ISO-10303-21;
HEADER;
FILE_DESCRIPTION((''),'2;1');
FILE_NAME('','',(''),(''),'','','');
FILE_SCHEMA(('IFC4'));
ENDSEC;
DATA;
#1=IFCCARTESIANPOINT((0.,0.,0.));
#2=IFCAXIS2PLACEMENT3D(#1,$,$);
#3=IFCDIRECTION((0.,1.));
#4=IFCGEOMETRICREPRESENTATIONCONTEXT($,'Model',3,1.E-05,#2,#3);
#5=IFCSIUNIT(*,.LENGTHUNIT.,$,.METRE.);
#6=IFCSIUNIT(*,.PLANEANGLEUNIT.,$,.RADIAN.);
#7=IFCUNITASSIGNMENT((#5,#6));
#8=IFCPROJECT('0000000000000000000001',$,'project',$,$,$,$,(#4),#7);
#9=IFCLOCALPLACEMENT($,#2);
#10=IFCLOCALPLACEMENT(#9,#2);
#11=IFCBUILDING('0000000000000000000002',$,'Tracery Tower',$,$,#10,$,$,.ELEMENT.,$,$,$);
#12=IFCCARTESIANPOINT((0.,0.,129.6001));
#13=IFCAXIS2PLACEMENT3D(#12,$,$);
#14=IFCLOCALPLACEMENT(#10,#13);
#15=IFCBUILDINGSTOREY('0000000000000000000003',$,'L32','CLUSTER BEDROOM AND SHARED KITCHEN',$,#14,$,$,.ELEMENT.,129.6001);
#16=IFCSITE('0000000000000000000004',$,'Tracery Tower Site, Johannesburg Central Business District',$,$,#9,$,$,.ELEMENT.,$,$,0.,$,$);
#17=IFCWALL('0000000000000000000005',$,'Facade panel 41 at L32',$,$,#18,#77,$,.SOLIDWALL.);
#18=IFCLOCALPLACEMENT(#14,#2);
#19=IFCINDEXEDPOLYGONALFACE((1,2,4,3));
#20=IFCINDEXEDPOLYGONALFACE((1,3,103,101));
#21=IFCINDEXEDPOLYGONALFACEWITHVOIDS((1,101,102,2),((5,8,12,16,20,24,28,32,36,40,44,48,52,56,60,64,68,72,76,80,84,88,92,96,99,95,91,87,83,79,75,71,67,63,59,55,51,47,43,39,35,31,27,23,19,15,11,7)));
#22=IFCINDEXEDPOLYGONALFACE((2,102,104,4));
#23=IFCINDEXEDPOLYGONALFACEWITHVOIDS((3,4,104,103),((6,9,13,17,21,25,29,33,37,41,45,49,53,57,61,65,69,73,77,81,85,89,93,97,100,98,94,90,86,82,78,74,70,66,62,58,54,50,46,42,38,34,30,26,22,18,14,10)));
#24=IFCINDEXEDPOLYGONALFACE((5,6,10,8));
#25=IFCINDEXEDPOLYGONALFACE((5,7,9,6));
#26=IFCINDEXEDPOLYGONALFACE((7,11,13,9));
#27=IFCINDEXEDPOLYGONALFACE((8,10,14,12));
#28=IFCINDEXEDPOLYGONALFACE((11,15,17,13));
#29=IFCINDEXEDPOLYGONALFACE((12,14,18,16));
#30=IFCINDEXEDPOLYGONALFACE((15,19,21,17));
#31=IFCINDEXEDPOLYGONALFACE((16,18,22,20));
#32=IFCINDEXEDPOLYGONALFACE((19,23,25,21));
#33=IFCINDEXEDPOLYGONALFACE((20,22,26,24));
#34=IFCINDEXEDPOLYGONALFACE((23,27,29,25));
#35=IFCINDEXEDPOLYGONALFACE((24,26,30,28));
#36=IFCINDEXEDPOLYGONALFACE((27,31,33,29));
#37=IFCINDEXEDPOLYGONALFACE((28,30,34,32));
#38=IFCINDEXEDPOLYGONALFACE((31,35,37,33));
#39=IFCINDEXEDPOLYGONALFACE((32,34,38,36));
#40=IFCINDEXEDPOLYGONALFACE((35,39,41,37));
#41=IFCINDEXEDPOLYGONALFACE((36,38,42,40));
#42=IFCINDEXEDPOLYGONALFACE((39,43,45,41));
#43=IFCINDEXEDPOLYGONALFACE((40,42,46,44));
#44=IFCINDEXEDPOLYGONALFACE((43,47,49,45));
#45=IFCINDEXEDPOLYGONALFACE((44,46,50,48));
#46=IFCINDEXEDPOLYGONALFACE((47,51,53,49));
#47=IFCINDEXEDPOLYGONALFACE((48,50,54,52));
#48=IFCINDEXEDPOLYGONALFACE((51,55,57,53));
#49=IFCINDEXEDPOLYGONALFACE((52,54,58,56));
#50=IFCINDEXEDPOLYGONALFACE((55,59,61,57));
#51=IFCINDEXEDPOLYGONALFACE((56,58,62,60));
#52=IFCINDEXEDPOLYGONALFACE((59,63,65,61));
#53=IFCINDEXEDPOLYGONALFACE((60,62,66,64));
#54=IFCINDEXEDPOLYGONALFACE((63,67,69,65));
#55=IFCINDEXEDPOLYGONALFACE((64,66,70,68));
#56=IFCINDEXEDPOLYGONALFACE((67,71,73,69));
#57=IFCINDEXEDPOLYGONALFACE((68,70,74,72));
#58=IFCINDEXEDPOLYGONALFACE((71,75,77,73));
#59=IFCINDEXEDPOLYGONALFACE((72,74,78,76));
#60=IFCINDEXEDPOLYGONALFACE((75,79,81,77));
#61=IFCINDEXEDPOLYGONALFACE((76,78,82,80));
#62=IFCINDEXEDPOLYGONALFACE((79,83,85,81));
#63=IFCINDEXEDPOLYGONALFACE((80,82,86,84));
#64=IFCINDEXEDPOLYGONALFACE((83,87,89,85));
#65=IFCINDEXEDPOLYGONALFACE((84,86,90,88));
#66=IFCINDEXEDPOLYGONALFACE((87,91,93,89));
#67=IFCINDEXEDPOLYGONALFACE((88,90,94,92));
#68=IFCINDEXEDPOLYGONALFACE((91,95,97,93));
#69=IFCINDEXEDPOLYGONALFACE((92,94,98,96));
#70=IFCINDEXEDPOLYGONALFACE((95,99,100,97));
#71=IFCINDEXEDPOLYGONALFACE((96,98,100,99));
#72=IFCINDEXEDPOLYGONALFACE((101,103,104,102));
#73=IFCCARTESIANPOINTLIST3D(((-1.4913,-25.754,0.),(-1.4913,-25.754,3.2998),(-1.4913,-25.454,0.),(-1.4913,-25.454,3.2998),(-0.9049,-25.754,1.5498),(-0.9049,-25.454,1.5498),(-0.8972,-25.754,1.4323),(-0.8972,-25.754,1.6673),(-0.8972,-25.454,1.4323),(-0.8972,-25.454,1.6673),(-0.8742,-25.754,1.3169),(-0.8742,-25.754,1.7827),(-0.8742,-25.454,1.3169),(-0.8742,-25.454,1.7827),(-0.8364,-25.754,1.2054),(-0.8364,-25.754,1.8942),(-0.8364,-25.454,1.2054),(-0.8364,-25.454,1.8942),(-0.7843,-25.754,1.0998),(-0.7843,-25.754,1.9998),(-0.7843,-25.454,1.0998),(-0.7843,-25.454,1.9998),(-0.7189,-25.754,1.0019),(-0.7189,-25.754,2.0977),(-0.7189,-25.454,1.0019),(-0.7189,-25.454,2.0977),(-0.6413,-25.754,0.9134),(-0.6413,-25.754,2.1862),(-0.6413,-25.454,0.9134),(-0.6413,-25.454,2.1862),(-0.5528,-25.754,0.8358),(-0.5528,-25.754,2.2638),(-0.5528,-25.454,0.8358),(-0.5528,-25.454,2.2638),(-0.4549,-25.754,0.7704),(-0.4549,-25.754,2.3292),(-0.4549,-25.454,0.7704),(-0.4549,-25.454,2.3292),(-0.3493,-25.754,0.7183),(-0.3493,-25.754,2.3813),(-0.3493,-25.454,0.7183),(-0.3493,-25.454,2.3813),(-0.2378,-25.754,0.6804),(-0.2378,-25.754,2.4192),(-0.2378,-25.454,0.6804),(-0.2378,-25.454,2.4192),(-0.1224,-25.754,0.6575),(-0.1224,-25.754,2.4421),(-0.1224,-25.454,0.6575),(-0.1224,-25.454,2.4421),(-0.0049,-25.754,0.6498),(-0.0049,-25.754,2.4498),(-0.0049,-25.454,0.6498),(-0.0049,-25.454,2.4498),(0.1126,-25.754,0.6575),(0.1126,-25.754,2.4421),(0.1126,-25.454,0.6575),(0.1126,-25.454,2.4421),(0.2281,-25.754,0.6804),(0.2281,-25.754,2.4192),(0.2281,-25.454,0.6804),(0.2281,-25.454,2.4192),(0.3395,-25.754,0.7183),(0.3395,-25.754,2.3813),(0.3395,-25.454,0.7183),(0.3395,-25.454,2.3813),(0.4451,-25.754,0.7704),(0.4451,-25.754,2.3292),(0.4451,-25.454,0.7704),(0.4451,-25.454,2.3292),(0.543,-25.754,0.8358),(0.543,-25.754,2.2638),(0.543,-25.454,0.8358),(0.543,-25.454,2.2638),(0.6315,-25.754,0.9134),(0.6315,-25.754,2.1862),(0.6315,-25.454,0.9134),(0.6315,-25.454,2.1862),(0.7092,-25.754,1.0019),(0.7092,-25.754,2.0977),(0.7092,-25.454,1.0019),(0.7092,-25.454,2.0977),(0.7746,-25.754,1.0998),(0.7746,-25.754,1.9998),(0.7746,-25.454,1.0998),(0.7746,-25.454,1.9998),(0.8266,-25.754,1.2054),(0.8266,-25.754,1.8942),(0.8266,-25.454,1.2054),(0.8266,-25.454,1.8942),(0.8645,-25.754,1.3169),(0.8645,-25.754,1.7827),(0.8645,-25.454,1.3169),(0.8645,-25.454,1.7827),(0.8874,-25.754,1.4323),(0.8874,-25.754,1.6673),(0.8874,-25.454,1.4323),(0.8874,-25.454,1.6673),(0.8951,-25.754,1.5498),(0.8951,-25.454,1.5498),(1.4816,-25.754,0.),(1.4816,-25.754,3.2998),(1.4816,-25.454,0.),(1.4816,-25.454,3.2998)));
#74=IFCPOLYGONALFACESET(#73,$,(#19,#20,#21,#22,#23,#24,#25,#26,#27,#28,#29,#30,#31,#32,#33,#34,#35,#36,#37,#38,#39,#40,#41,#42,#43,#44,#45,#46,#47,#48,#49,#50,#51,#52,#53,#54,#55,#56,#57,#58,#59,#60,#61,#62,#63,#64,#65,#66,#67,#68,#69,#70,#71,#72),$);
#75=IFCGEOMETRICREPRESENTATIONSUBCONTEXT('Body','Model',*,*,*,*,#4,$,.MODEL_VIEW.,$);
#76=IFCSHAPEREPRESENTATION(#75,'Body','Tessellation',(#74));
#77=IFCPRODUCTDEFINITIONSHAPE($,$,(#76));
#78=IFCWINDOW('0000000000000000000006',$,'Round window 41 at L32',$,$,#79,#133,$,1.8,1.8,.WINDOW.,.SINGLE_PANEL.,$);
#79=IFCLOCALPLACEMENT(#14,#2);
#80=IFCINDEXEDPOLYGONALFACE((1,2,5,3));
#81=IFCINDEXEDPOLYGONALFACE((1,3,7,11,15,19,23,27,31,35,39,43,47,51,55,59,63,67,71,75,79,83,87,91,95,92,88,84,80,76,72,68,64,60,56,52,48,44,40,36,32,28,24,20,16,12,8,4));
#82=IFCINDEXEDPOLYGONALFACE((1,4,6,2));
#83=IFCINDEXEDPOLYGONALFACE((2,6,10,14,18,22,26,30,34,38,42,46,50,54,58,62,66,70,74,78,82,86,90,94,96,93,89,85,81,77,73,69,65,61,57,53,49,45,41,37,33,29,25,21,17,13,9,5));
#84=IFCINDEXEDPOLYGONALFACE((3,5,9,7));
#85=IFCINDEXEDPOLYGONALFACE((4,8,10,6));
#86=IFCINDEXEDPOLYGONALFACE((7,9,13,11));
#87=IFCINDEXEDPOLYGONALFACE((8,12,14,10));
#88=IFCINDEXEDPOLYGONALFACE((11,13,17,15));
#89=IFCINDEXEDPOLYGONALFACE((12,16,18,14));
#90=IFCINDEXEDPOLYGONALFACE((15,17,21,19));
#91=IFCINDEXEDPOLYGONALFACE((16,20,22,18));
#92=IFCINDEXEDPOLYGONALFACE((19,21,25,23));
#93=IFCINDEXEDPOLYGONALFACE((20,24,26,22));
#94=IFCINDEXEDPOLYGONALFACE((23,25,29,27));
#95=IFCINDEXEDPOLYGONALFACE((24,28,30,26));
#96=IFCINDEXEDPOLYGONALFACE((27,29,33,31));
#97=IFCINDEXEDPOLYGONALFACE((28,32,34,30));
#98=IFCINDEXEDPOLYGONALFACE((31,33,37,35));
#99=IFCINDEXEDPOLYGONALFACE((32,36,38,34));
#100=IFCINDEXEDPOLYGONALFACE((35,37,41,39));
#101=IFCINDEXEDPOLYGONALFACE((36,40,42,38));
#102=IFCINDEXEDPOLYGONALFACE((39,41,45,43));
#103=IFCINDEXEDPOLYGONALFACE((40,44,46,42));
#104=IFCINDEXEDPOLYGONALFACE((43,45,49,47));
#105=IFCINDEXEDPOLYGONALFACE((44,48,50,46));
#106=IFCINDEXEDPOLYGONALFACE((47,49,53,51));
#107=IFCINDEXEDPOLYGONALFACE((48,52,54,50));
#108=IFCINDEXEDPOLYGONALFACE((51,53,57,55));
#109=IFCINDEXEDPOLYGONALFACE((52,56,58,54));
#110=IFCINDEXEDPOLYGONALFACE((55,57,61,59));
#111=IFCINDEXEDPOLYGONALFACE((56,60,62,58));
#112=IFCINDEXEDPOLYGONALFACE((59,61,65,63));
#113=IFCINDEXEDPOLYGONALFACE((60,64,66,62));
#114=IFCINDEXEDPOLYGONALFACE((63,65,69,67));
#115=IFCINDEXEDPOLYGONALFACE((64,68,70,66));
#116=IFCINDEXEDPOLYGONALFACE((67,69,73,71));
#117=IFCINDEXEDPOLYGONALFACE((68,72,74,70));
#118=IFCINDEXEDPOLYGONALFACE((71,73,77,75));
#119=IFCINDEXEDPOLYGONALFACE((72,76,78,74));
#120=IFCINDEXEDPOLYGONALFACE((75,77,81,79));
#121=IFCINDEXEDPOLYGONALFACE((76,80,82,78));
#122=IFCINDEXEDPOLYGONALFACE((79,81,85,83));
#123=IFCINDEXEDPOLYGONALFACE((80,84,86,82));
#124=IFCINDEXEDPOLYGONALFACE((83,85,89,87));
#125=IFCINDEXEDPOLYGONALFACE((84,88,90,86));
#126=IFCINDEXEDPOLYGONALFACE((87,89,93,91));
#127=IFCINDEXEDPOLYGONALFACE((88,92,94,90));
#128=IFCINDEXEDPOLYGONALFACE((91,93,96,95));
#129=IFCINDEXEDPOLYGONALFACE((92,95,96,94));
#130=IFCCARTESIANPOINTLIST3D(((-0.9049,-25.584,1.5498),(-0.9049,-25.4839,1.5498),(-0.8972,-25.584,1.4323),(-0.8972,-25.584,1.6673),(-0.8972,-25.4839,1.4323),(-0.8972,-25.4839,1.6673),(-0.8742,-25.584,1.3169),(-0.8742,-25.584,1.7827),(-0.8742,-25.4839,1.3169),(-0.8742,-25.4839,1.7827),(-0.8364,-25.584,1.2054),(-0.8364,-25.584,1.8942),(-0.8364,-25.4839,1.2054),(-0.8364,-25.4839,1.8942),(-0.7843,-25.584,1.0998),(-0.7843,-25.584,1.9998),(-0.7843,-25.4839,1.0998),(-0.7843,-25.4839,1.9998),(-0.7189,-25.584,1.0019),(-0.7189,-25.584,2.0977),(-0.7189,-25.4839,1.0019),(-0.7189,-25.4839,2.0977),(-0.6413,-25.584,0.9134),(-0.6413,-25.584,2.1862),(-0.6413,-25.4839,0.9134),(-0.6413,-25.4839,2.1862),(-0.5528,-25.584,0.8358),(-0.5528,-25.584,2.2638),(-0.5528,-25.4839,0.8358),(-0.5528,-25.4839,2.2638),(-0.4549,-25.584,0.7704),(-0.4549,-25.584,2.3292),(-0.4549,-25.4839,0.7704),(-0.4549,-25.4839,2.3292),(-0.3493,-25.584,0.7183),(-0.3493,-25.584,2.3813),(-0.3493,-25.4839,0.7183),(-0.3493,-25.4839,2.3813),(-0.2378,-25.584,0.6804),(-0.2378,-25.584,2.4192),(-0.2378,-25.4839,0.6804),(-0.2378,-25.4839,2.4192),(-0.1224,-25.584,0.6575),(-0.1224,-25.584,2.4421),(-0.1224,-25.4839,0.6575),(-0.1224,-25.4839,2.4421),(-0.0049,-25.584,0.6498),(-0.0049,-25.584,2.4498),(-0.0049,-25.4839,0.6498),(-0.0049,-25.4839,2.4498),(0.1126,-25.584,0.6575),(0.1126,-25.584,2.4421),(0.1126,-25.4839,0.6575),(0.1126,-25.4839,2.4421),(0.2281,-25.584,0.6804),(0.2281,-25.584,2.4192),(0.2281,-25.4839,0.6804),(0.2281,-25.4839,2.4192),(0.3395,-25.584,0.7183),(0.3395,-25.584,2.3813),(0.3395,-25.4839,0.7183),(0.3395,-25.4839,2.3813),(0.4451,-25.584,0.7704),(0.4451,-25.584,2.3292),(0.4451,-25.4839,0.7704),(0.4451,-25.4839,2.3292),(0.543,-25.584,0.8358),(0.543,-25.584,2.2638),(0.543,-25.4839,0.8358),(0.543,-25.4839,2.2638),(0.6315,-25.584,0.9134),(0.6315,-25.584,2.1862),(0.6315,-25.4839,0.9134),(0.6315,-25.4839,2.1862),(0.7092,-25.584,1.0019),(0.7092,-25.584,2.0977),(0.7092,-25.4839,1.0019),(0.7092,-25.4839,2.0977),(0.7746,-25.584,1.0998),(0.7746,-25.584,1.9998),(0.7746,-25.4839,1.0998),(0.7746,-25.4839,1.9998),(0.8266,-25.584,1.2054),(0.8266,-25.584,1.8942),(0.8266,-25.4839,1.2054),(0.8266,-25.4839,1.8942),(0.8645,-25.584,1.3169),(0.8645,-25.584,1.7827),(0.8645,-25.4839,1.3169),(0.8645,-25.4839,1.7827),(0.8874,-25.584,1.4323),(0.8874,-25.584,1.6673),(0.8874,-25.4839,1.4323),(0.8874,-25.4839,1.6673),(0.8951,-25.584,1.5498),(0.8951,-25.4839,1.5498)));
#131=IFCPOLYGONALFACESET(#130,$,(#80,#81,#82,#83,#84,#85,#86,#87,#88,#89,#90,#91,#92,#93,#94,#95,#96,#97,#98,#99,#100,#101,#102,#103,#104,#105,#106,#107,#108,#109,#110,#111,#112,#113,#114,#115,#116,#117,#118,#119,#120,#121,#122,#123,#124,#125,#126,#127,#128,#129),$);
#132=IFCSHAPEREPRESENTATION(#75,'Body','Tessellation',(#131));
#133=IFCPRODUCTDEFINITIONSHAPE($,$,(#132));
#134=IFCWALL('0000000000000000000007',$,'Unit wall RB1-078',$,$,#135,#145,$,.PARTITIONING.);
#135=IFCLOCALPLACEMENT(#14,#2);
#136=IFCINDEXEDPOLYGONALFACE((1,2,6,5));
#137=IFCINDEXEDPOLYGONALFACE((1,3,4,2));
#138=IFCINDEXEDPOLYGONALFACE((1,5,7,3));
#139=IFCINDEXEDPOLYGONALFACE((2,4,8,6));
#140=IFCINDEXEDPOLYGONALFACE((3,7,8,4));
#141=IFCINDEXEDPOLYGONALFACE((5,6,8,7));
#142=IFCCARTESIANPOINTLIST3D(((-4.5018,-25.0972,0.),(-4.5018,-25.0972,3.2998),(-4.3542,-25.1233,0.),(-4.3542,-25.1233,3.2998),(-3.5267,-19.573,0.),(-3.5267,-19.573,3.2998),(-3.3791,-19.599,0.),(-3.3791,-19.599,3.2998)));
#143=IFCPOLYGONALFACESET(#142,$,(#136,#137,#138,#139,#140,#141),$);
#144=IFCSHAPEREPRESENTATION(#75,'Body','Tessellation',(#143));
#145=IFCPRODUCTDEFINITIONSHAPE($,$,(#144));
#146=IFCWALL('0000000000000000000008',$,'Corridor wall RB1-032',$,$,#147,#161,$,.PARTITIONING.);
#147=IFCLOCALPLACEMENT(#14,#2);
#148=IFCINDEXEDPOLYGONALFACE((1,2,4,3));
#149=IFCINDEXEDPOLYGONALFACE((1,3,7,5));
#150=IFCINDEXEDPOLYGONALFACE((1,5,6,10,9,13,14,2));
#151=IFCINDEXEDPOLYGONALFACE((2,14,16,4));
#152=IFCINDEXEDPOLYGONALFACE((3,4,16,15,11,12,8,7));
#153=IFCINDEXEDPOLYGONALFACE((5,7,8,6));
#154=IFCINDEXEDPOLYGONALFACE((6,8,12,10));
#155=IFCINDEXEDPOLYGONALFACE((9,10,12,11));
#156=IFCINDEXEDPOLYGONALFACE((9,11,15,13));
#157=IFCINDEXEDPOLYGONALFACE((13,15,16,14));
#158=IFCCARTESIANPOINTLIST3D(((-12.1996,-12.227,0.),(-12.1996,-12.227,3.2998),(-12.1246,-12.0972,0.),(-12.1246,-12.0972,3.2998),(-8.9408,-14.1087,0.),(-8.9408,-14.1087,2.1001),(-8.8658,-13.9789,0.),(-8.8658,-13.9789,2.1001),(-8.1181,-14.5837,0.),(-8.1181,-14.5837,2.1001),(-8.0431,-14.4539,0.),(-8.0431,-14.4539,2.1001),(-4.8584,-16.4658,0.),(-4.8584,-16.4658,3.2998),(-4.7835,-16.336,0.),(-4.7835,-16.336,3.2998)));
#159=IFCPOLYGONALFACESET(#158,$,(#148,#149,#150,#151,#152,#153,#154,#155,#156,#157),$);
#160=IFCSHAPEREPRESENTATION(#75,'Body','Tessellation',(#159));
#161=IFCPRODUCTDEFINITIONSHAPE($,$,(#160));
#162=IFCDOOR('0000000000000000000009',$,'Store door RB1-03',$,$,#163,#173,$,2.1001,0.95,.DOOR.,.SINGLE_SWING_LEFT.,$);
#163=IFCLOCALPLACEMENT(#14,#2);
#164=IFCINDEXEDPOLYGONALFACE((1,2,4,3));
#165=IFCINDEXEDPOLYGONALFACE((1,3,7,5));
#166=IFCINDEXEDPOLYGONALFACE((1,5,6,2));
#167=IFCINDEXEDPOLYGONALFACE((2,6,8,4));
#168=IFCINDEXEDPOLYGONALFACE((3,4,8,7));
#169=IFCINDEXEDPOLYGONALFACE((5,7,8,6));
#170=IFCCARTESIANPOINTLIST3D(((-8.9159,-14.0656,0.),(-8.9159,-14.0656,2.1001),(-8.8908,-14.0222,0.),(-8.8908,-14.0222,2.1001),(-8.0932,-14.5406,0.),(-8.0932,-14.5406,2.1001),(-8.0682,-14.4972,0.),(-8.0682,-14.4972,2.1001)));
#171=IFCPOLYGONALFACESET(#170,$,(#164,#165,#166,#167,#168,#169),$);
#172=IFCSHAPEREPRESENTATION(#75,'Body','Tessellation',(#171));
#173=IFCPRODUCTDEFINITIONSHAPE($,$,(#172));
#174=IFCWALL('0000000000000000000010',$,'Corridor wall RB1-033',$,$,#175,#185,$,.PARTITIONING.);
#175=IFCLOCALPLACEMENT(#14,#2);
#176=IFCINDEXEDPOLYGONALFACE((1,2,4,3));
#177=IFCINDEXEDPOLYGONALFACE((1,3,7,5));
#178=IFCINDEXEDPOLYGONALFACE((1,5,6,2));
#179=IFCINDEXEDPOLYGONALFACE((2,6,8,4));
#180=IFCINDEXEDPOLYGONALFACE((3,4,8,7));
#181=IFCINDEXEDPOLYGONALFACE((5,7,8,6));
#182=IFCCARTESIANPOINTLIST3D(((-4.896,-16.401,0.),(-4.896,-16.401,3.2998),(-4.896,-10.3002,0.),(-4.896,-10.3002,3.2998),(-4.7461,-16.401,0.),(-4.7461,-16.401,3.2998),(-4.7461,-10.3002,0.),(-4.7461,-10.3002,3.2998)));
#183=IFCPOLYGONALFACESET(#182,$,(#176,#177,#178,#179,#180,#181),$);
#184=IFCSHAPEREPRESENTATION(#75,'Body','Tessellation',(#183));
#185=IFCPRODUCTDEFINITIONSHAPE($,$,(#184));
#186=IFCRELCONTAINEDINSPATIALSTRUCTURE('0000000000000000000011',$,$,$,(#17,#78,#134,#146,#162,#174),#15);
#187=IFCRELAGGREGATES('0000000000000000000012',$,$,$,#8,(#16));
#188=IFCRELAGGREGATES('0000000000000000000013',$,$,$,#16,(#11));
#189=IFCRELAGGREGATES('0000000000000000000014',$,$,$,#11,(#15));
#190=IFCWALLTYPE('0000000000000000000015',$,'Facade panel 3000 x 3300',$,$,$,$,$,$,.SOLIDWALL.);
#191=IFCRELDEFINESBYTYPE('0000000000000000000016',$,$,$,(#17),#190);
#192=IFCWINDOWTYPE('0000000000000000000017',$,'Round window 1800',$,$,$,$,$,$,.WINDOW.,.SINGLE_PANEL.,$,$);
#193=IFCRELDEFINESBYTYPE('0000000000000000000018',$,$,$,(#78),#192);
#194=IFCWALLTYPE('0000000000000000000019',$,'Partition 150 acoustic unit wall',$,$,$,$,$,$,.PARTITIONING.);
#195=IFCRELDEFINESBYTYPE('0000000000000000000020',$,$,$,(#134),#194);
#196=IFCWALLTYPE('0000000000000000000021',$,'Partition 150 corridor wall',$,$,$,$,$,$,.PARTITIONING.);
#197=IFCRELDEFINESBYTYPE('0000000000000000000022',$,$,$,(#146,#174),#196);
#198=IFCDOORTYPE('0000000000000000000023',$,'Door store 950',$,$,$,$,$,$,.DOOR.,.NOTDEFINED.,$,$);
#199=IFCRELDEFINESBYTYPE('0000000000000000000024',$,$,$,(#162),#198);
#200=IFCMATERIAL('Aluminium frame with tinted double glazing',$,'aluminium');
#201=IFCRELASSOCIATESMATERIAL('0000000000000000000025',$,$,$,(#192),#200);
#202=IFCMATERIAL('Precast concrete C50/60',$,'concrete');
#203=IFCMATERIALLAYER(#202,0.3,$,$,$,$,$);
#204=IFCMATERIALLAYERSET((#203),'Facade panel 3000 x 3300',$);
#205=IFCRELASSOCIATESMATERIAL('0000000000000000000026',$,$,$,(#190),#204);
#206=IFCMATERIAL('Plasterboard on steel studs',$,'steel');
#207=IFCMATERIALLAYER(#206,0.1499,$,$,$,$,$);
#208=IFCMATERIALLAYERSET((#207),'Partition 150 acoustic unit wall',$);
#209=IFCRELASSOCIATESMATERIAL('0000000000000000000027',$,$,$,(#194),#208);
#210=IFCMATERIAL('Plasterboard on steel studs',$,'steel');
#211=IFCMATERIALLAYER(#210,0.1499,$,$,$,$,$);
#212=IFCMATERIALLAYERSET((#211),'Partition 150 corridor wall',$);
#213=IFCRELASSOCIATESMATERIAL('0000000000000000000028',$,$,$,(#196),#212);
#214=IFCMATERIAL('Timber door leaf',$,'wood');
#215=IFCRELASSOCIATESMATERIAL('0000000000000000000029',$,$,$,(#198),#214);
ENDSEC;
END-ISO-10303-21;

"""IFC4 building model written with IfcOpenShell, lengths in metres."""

from ifc_helpers import new_model, si_unit, direction, frame, frame_2d, origin, origin_2d, place, context, subcontext, project, spatial, rectangle, circle, extrude, material, layer, layer_set, type_object, element, fill, save


model = new_model("IFC4")

# Units and contexts
model_context = context("Model", 3, precision=1e-05, world=origin(), true_north=direction((0.0, 1.0)))
body_context = subcontext(model_context, "Body", "Model", "MODEL_VIEW")
ifc_project = project(units=[si_unit("LENGTHUNIT", "METRE"), si_unit("PLANEANGLEUNIT", "RADIAN")], contexts=[model_context])

# Site, building, storey
site_placement = place(None, origin())
site = spatial("IfcSite", under=ifc_project, at=site_placement, Name="Tracery Tower Site, Johannesburg Central Business District", CompositionType="ELEMENT", RefElevation=0.0)
building_placement = place(site_placement, origin())
building = spatial("IfcBuilding", under=site, at=building_placement, Name="Tracery Tower", CompositionType="ELEMENT")
storey_placement = place(building_placement, frame((0.0, 0.0, 129.6001)))
storey = spatial("IfcBuildingStorey", under=building, at=storey_placement, Name="L32", Description="CLUSTER BEDROOM AND SHARED KITCHEN", CompositionType="ELEMENT", Elevation=129.6001)

# Wall, opening, window
ifc_material_1 = material(Name="Aluminium frame with tinted double glazing", Category="aluminium")
window_type = type_object("IfcWindowType", Name="Round window 1800", PartitioningType="SINGLE_PANEL", PredefinedType="WINDOW", material=ifc_material_1)
ifc_material_2 = material(Name="Precast concrete C50/60", Category="concrete")
ifc_layer_1 = layer(ifc_material_2, 0.3)
ifc_layer_set_1 = layer_set([ifc_layer_1], Name="Facade panel 3000 x 3300")
wall_type_1 = type_object("IfcWallType", Name="Facade panel 3000 x 3300", PredefinedType="SOLIDWALL", material=ifc_layer_set_1)
wall_1_placement = place(storey_placement, frame((-1.4912, -25.604, 0.0), z_axis=(0.0, 0.0, 1.0), x_axis=(1.0, 0.0, 0.0)))
wall_1 = element("IfcWall", 1, at=wall_1_placement, inside=storey, type_object=wall_type_1, Name="Facade panel 41 at L32", PredefinedType="SOLIDWALL", context=body_context, shape_type="SweptSolid", body=[
    extrude(rectangle(XDim=2.9729, YDim=0.3, at=frame_2d((1.4863, 0.0))), origin(), (0.0, 0.0, 1.0), 3.2998),
])
opening_1_placement = place(wall_1_placement, frame((1.4863, 0.0, 1.5498)))
opening_1 = element("IfcOpeningElement", 2, at=opening_1_placement, cuts=wall_1, PredefinedType="OPENING", context=body_context, shape_type="SweptSolid", body=[
    extrude(circle(Radius=0.9, at=origin_2d()), frame((0.0, 0.1599, 0.0), z_axis=(0.0, -1.0, 0.0), x_axis=(1.0, 0.0, 0.0)), (0.0, 0.0, 1.0), 0.3201),
])
window_1_placement = place(opening_1_placement, origin())
window_1 = element("IfcWindow", 3, at=window_1_placement, inside=storey, type_object=window_type, Name="Round window 41 at L32", OverallHeight=1.8, OverallWidth=1.8, PartitioningType="SINGLE_PANEL", PredefinedType="WINDOW", context=body_context, shape_type="SweptSolid", body=[
    extrude(circle(Radius=0.9, at=origin_2d()), frame((0.0, 0.1201, 0.0), z_axis=(0.0, -1.0, 0.0), x_axis=(1.0, 0.0, 0.0)), (0.0, 0.0, 1.0), 0.1001),
])
fill(opening_1, window_1)

# Wall
ifc_material_3 = material(Name="Plasterboard on steel studs", Category="steel")
ifc_layer_2 = layer(ifc_material_3, 0.1499)
ifc_layer_set_2 = layer_set([ifc_layer_2], Name="Partition 150 acoustic unit wall")
wall_type_2 = type_object("IfcWallType", Name="Partition 150 acoustic unit wall", PredefinedType="PARTITIONING", material=ifc_layer_set_2)
wall_2_placement = place(storey_placement, frame((-4.428, -25.1101, 0.0), z_axis=(0.0, 0.0, 1.0), x_axis=(0.173828, 0.984776, 0.0)))
element("IfcWall", 4, at=wall_2_placement, inside=storey, type_object=wall_type_2, Name="Unit wall RB1-078", PredefinedType="PARTITIONING", context=body_context, shape_type="SweptSolid", body=[
    extrude(rectangle(XDim=5.6096, YDim=0.1499, at=frame_2d((2.8047, 0.0))), origin(), (0.0, 0.0, 1.0), 3.2998),
])

# Wall, opening, door
ifc_material_4 = material(Name="Plasterboard on steel studs", Category="steel")
ifc_layer_3 = layer(ifc_material_4, 0.1499)
ifc_layer_set_3 = layer_set([ifc_layer_3], Name="Partition 150 corridor wall")
wall_type_3 = type_object("IfcWallType", Name="Partition 150 corridor wall", PredefinedType="PARTITIONING", material=ifc_layer_set_3)
wall_3_placement = place(storey_placement, frame((-12.1621, -12.1621, 0.0), z_axis=(0.0, 0.0, 1.0), x_axis=(0.866005, -0.500036, 0.0)))
wall_3 = element("IfcWall", 5, at=wall_3_placement, inside=storey, type_object=wall_type_3, Name="Corridor wall RB1-032", PredefinedType="PARTITIONING", context=body_context, shape_type="SweptSolid", body=[
    extrude(rectangle(XDim=8.4771, YDim=0.1499, at=frame_2d((4.2385, 0.0))), origin(), (0.0, 0.0, 1.0), 3.2998),
])
opening_2_placement = place(wall_3_placement, frame((3.7629, 0.0, 0.0)))
opening_2 = element("IfcOpeningElement", 6, at=opening_2_placement, cuts=wall_3, PredefinedType="OPENING", context=body_context, shape_type="SweptSolid", body=[
    extrude(rectangle(XDim=0.95, YDim=2.1001, at=frame_2d((0.4751, 1.05))), frame((0.0, 0.075, 0.0), z_axis=(0.0, -1.0, 0.0), x_axis=(1.0, 0.0, 0.0)), (0.0, 0.0, 1.0), 0.1499),
])
ifc_material_5 = material(Name="Timber door leaf", Category="wood")
door_type_1 = type_object("IfcDoorType", Name="Door store 950", OperationType="NOTDEFINED", PredefinedType="DOOR", material=ifc_material_5)
door_1_placement = place(opening_2_placement, origin())
door_1 = element("IfcDoor", 7, at=door_1_placement, inside=storey, type_object=door_type_1, Name="Store door RB1-03", OperationType="SINGLE_SWING_LEFT", OverallHeight=2.1001, OverallWidth=0.95, PredefinedType="DOOR", context=body_context, shape_type="SweptSolid", body=[
    extrude(rectangle(XDim=0.95, YDim=2.1001, at=frame_2d((0.4751, 1.05))), frame((0.0, 0.0249, 0.0), z_axis=(0.0, -1.0, 0.0), x_axis=(1.0, 0.0, 0.0)), (0.0, 0.0, 1.0), 0.05),
])
fill(opening_2, door_1)

# Wall
wall_4_placement = place(storey_placement, frame((-4.821, -16.4009, 0.0), z_axis=(0.0, 0.0, 1.0), x_axis=(0.0, 1.0, 0.0)))
element("IfcWall", 8, at=wall_4_placement, inside=storey, type_object=wall_type_3, Name="Corridor wall RB1-033", PredefinedType="PARTITIONING", context=body_context, shape_type="SweptSolid", body=[
    extrude(rectangle(XDim=6.1008, YDim=0.1499, at=frame_2d((3.0503, 0.0))), origin(), (0.0, 0.0, 1.0), 3.2998),
])

save(model, "model.ifc")
